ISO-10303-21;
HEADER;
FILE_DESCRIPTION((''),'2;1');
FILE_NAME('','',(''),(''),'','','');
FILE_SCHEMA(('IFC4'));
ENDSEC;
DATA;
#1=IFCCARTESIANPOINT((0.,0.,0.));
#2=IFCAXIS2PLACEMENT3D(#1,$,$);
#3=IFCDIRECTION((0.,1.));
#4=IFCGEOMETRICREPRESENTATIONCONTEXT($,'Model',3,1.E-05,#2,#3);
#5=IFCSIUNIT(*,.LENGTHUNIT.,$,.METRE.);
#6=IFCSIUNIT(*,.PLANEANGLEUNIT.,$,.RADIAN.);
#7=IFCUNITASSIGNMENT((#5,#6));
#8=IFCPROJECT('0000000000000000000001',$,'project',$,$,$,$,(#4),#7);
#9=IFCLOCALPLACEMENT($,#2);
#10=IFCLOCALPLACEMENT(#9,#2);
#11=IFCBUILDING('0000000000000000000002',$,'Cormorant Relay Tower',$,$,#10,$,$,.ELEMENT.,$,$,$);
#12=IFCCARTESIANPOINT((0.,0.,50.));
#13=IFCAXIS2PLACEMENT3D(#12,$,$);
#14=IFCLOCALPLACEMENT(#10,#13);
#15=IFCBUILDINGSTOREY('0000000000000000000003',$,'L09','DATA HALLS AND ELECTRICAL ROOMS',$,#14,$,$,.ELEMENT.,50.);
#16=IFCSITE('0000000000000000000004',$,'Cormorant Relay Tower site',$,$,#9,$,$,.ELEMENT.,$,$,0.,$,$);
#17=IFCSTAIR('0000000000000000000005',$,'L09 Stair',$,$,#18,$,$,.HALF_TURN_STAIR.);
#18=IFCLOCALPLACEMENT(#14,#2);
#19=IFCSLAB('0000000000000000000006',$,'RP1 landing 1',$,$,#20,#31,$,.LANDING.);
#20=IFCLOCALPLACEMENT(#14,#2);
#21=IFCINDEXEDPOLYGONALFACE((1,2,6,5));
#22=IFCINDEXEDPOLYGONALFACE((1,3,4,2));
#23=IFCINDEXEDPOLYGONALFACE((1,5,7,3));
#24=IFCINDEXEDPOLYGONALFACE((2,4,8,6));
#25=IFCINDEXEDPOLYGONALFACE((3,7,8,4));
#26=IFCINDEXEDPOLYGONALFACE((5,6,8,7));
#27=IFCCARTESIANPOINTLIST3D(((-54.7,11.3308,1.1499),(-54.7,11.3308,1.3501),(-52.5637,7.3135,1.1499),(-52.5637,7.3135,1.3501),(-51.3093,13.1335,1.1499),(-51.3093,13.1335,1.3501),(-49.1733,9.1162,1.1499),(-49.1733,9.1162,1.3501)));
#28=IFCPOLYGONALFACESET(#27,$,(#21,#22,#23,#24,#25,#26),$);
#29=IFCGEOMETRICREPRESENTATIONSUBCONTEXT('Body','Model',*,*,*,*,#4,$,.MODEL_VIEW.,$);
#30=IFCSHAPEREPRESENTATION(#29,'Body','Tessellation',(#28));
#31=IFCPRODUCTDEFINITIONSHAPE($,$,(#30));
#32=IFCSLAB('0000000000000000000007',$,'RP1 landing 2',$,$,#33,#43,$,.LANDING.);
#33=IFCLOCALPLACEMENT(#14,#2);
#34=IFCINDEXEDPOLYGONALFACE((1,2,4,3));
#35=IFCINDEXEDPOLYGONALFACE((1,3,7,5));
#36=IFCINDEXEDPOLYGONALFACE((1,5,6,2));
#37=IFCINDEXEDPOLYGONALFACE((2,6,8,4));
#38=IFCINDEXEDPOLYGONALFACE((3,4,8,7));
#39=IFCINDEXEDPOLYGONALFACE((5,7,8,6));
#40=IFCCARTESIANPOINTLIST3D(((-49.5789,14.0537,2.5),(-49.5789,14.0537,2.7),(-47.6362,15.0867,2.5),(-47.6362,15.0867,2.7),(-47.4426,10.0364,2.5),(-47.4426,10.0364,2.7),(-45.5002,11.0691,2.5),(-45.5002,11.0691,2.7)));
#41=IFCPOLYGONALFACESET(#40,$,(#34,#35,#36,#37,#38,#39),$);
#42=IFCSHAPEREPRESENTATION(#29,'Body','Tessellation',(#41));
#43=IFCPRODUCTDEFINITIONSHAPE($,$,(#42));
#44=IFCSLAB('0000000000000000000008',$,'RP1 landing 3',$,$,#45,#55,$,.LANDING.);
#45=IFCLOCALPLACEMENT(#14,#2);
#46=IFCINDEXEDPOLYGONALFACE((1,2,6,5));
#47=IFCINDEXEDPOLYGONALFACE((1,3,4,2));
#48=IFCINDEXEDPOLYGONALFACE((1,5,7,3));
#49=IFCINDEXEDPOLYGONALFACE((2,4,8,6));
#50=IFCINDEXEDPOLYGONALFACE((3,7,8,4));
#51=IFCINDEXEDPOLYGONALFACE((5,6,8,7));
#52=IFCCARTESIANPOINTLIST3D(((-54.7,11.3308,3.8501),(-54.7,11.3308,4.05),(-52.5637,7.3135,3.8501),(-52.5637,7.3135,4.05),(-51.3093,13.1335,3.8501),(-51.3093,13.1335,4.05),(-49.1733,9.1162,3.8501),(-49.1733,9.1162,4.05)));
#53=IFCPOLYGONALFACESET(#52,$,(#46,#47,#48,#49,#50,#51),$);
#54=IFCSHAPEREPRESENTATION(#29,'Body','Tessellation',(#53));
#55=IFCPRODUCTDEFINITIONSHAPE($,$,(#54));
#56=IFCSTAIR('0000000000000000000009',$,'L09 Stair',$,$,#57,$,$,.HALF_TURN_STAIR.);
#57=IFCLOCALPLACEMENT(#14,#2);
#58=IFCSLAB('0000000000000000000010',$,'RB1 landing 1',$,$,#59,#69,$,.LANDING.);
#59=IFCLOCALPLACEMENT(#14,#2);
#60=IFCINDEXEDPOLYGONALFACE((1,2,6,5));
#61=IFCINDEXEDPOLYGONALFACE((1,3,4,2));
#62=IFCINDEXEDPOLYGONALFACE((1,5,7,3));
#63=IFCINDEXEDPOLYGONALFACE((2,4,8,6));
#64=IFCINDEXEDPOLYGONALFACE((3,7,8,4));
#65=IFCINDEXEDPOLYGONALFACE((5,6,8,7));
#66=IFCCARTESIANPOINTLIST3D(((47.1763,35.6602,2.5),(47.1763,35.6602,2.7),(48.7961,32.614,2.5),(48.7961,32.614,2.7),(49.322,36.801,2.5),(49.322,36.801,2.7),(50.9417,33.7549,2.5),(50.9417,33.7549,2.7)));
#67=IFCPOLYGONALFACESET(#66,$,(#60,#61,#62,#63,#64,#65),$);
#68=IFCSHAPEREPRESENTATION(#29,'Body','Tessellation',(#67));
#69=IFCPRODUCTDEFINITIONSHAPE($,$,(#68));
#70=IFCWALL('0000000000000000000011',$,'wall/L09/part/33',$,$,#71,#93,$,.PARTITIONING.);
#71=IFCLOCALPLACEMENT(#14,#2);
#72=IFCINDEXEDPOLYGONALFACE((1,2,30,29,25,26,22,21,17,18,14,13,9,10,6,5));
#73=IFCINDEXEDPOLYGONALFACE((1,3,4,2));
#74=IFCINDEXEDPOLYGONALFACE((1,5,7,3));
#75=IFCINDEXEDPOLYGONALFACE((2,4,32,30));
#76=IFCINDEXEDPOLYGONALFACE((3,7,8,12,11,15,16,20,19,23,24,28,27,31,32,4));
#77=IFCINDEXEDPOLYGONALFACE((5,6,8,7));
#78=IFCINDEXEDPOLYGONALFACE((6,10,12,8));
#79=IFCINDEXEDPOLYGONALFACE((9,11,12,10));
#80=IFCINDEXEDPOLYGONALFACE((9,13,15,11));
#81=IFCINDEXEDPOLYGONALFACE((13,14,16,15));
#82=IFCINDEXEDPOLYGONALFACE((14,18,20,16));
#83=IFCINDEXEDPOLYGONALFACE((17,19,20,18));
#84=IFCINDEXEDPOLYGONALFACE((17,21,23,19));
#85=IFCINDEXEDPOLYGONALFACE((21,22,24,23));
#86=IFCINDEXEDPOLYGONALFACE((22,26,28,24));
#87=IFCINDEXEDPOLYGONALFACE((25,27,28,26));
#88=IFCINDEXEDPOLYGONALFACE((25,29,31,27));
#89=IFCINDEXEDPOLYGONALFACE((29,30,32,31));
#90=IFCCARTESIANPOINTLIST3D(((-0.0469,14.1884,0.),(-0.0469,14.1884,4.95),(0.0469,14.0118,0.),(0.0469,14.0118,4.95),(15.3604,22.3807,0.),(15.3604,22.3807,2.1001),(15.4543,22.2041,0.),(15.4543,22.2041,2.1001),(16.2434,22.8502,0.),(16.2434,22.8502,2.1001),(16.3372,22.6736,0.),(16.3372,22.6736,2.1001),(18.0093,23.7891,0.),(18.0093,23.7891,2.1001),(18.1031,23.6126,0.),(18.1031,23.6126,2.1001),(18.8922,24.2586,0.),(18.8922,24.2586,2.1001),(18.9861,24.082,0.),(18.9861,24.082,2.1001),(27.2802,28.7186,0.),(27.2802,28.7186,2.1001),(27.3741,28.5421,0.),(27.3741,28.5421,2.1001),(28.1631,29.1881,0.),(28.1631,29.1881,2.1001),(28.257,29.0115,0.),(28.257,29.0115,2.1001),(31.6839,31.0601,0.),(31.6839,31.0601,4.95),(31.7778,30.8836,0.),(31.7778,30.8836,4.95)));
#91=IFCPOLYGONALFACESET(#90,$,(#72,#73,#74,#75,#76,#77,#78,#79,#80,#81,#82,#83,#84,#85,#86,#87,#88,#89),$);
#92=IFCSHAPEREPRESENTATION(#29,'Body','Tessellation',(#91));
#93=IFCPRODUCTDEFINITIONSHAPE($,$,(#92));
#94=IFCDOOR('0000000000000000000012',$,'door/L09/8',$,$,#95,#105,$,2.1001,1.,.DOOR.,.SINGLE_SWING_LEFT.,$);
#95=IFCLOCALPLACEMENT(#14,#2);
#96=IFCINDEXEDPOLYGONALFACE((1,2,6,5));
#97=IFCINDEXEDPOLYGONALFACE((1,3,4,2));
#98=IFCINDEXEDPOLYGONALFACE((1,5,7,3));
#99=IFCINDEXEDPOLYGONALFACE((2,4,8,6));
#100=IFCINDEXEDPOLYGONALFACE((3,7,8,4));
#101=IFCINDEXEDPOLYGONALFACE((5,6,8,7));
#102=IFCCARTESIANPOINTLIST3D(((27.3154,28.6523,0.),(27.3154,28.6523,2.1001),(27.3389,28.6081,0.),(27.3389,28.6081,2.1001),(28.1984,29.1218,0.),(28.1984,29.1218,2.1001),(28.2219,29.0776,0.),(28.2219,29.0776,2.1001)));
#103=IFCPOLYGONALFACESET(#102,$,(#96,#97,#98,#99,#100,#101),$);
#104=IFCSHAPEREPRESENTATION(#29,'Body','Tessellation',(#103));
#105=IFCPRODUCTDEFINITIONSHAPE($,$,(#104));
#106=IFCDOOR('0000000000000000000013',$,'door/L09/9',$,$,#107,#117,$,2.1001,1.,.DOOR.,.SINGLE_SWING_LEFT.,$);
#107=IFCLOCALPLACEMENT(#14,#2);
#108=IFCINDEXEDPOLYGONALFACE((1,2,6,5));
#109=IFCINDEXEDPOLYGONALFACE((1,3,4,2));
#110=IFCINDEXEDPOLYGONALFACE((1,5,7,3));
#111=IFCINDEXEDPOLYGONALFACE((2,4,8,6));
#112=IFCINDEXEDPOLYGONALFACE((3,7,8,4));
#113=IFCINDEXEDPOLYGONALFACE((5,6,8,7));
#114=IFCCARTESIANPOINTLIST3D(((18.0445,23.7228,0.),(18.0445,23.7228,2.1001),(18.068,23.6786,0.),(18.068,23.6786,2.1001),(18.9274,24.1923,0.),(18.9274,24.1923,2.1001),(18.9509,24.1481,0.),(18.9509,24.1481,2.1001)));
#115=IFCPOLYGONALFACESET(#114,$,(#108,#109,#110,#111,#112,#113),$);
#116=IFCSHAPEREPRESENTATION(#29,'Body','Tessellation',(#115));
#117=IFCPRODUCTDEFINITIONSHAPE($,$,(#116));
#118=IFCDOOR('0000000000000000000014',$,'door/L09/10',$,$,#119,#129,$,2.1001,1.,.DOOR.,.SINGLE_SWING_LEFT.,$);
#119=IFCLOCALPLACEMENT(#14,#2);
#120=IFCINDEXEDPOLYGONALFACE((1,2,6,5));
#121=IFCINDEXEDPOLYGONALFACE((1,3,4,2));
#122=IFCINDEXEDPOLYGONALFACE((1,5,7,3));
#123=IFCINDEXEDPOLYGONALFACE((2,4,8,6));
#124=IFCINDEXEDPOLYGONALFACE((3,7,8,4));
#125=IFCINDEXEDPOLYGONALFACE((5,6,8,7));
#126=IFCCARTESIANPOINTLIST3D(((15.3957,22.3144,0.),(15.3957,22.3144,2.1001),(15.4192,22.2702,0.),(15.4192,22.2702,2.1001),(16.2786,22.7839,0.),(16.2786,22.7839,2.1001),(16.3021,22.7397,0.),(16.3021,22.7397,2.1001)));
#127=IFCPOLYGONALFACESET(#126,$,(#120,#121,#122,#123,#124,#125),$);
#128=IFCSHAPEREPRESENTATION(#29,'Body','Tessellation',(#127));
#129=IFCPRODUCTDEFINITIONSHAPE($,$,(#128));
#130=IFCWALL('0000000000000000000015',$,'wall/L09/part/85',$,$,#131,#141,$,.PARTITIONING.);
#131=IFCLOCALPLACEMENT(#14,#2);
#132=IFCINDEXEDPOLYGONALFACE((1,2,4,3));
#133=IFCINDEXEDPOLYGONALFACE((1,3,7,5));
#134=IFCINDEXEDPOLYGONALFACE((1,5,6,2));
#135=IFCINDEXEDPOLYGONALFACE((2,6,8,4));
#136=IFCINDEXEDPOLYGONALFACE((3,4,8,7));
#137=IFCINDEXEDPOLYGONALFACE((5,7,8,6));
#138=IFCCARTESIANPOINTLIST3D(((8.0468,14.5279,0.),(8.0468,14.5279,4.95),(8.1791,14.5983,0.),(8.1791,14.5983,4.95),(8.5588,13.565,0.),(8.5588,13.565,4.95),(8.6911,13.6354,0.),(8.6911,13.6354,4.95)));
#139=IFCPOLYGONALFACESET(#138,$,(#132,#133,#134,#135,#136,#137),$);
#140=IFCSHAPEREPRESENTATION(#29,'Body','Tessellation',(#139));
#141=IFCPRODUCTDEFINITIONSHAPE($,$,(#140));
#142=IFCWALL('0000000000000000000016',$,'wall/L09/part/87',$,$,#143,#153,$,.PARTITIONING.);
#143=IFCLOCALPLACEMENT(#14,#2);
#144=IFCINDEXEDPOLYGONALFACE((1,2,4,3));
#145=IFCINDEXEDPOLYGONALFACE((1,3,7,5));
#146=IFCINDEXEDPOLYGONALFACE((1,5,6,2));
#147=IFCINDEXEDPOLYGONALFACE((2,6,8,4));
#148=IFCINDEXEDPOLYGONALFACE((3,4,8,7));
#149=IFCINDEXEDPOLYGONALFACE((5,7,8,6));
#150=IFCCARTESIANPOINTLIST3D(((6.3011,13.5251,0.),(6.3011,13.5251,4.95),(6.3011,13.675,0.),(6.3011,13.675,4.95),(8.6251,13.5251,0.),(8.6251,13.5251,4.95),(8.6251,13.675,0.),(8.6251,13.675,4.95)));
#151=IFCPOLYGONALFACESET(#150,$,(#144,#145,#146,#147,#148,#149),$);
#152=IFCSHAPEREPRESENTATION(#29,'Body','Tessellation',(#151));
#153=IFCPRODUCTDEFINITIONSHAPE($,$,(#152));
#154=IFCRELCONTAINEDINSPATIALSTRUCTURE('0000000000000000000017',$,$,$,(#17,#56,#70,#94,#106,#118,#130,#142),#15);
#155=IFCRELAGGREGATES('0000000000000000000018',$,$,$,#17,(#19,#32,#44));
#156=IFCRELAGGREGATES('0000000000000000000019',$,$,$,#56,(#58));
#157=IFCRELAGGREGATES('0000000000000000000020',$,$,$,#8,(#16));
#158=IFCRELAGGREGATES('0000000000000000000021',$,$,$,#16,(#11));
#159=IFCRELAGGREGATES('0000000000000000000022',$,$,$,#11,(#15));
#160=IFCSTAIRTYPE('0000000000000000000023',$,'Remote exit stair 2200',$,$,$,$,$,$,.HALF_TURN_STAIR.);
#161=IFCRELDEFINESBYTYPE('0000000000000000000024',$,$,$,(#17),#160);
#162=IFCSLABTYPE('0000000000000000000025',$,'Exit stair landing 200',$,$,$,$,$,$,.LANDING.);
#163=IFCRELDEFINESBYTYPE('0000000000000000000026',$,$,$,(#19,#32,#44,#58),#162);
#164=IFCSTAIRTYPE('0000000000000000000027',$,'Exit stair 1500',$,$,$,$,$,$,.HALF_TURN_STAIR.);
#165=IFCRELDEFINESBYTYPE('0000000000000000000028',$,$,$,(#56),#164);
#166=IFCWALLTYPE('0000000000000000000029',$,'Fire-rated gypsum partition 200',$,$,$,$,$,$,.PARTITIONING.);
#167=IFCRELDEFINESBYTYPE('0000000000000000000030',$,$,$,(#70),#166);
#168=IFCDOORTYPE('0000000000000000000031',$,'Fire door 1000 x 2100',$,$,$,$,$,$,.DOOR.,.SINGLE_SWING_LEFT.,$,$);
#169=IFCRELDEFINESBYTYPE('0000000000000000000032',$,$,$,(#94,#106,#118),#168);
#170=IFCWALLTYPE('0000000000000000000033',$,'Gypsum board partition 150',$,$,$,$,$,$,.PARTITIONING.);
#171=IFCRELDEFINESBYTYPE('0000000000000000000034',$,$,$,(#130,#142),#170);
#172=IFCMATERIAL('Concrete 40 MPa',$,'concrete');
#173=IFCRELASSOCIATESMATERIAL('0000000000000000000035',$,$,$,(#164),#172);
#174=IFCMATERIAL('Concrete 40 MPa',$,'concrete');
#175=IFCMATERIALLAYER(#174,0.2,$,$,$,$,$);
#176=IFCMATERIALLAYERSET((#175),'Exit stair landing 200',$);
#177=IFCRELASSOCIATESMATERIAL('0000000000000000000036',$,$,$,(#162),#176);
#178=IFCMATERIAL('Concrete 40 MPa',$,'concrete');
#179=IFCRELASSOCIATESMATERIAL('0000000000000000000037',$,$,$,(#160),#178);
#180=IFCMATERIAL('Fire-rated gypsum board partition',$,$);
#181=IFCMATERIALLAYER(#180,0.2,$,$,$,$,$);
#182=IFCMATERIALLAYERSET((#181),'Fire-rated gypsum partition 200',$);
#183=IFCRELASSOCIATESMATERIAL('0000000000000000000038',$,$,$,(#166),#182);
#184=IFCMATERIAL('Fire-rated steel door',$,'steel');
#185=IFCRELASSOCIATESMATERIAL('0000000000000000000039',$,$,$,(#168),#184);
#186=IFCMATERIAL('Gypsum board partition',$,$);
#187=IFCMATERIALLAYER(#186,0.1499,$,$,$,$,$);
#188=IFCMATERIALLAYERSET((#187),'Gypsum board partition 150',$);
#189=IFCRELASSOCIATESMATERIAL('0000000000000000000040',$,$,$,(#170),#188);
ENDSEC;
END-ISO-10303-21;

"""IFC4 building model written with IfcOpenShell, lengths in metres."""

from ifc_helpers import new_model, si_unit, direction, frame, frame_2d, origin, place, context, subcontext, project, spatial, polyline, rectangle, outline, extrude, material, layer, layer_set, type_object, element, fill, aggregate, save


model = new_model("IFC4")

# Units and contexts
model_context = context("Model", 3, precision=1e-05, world=origin(), true_north=direction((0.0, 1.0)))
body_context = subcontext(model_context, "Body", "Model", "MODEL_VIEW")
ifc_project = project(units=[si_unit("LENGTHUNIT", "METRE"), si_unit("PLANEANGLEUNIT", "RADIAN")], contexts=[model_context])

# Site, building, storey
site_placement = place(None, origin())
site = spatial("IfcSite", under=ifc_project, at=site_placement, Name="Cormorant Relay Tower site", CompositionType="ELEMENT", RefElevation=0.0)
building_placement = place(site_placement, origin())
building = spatial("IfcBuilding", under=site, at=building_placement, Name="Cormorant Relay Tower", CompositionType="ELEMENT")
storey_placement = place(building_placement, frame((0.0, 0.0, 50.0)))
storey = spatial("IfcBuildingStorey", under=building, at=storey_placement, Name="L09", Description="DATA HALLS AND ELECTRICAL ROOMS", CompositionType="ELEMENT", Elevation=50.0)

# Shared definitions
ifc_material_1 = material(Name="Concrete 40 MPa", Category="concrete")
stair_type_1 = type_object("IfcStairType", Name="Exit stair 1500", PredefinedType="HALF_TURN_STAIR", material=ifc_material_1)
ifc_material_2 = material(Name="Concrete 40 MPa", Category="concrete")
ifc_layer_1 = layer(ifc_material_2, 0.2)
ifc_layer_set_1 = layer_set([ifc_layer_1], Name="Exit stair landing 200")
slab_type = type_object("IfcSlabType", Name="Exit stair landing 200", PredefinedType="LANDING", material=ifc_layer_set_1)

# Stair, slabs
ifc_material_3 = material(Name="Concrete 40 MPa", Category="concrete")
stair_type_2 = type_object("IfcStairType", Name="Remote exit stair 2200", PredefinedType="HALF_TURN_STAIR", material=ifc_material_3)
stair_1_placement = place(storey_placement, origin())
stair_1 = element("IfcStair", 1, at=stair_1_placement, inside=storey, type_object=stair_type_2, Name="L09 Stair", PredefinedType="HALF_TURN_STAIR")
slab_1_placement = place(storey_placement, frame((0.0, 0.0, 1.1499)))
slab_1 = element("IfcSlab", 2, at=slab_1_placement, type_object=slab_type, Name="RP1 landing 1", PredefinedType="LANDING", context=body_context, shape_type="SweptSolid", body=[
    extrude(outline(polyline([(-51.3093, 13.1335), (-54.7, 11.3308), (-52.5637, 7.3135), (-49.1733, 9.1162), (-51.3093, 13.1335)])), origin(), (0.0, 0.0, 1.0), 0.2002),
])
slab_2_placement = place(storey_placement, frame((0.0, 0.0, 2.5)))
slab_2 = element("IfcSlab", 3, at=slab_2_placement, type_object=slab_type, Name="RP1 landing 2", PredefinedType="LANDING", context=body_context, shape_type="SweptSolid", body=[
    extrude(outline(polyline([(-47.6362, 15.0867), (-49.5789, 14.0537), (-47.4426, 10.0364), (-45.5002, 11.0691), (-47.6362, 15.0867)])), origin(), (0.0, 0.0, 1.0), 0.2),
])
slab_3_placement = place(storey_placement, frame((0.0, 0.0, 3.8501)))
slab_3 = element("IfcSlab", 4, at=slab_3_placement, type_object=slab_type, Name="RP1 landing 3", PredefinedType="LANDING", context=body_context, shape_type="SweptSolid", body=[
    extrude(outline(polyline([(-51.3093, 13.1335), (-54.7, 11.3308), (-52.5637, 7.3135), (-49.1733, 9.1162), (-51.3093, 13.1335)])), origin(), (0.0, 0.0, 1.0), 0.2),
])
aggregate(stair_1, [slab_1, slab_2, slab_3])

# Stair, slab
stair_2_placement = place(storey_placement, origin())
stair_2 = element("IfcStair", 5, at=stair_2_placement, inside=storey, type_object=stair_type_1, Name="L09 Stair", PredefinedType="HALF_TURN_STAIR")
slab_4_placement = place(storey_placement, frame((0.0, 0.0, 2.5)))
slab_4 = element("IfcSlab", 6, at=slab_4_placement, type_object=slab_type, Name="RB1 landing 1", PredefinedType="LANDING", context=body_context, shape_type="SweptSolid", body=[
    extrude(outline(polyline([(48.7961, 32.614), (50.9417, 33.7549), (49.322, 36.801), (47.1763, 35.6602), (48.7961, 32.614)])), origin(), (0.0, 0.0, 1.0), 0.2),
])
aggregate(stair_2, [slab_4])

# Wall, openings, doors
ifc_material_4 = material(Name="Fire-rated gypsum board partition")
ifc_layer_2 = layer(ifc_material_4, 0.2)
ifc_layer_set_2 = layer_set([ifc_layer_2], Name="Fire-rated gypsum partition 200")
wall_type_1 = type_object("IfcWallType", Name="Fire-rated gypsum partition 200", PredefinedType="PARTITIONING", material=ifc_layer_set_2)
wall_1_placement = place(storey_placement, frame((0.0, 14.1001, 0.0), z_axis=(0.0, 0.0, 1.0), x_axis=(0.882946, 0.469475, 0.0)))
wall_1 = element("IfcWall", 7, at=wall_1_placement, inside=storey, type_object=wall_type_1, Name="wall/L09/part/33", PredefinedType="PARTITIONING", context=body_context, shape_type="SweptSolid", body=[
    extrude(rectangle(XDim=35.9375, YDim=0.2, at=frame_2d((17.9688, 0.0))), origin(), (0.0, 0.0, 1.0), 4.95),
])
opening_1_placement = place(wall_1_placement, frame((30.95, 0.0, 0.0)))
opening_1 = element("IfcOpeningElement", 8, at=opening_1_placement, cuts=wall_1, PredefinedType="OPENING", context=body_context, shape_type="SweptSolid", body=[
    extrude(rectangle(XDim=1.0, YDim=2.1001, at=frame_2d((0.5, 1.05))), frame((0.0, 0.1099, 0.0), z_axis=(0.0, -1.0, 0.0), x_axis=(1.0, 0.0, 0.0)), (0.0, 0.0, 1.0), 0.22),
])
opening_2_placement = place(wall_1_placement, frame((20.45, 0.0, 0.0)))
opening_2 = element("IfcOpeningElement", 9, at=opening_2_placement, cuts=wall_1, PredefinedType="OPENING", context=body_context, shape_type="SweptSolid", body=[
    extrude(rectangle(XDim=1.0, YDim=2.1001, at=frame_2d((0.5, 1.05))), frame((0.0, 0.1099, 0.0), z_axis=(0.0, -1.0, 0.0), x_axis=(1.0, 0.0, 0.0)), (0.0, 0.0, 1.0), 0.22),
])
opening_3_placement = place(wall_1_placement, frame((17.45, 0.0, 0.0)))
opening_3 = element("IfcOpeningElement", 10, at=opening_3_placement, cuts=wall_1, PredefinedType="OPENING", context=body_context, shape_type="SweptSolid", body=[
    extrude(rectangle(XDim=1.0, YDim=2.1001, at=frame_2d((0.5, 1.05))), frame((0.0, 0.1099, 0.0), z_axis=(0.0, -1.0, 0.0), x_axis=(1.0, 0.0, 0.0)), (0.0, 0.0, 1.0), 0.22),
])
ifc_material_5 = material(Name="Fire-rated steel door", Category="steel")
door_type = type_object("IfcDoorType", Name="Fire door 1000 x 2100", OperationType="SINGLE_SWING_LEFT", PredefinedType="DOOR", material=ifc_material_5)
door_1_placement = place(opening_1_placement, origin())
door_1 = element("IfcDoor", 11, at=door_1_placement, inside=storey, type_object=door_type, Name="door/L09/8", OperationType="SINGLE_SWING_LEFT", OverallHeight=2.1001, OverallWidth=1.0, PredefinedType="DOOR", context=body_context, shape_type="SweptSolid", body=[
    extrude(rectangle(XDim=1.0, YDim=2.1001, at=frame_2d((0.5, 1.05))), frame((0.0, 0.0249, 0.0), z_axis=(0.0, -1.0, 0.0), x_axis=(1.0, 0.0, 0.0)), (0.0, 0.0, 1.0), 0.05),
])
fill(opening_1, door_1)
door_2_placement = place(opening_2_placement, origin())
door_2 = element("IfcDoor", 12, at=door_2_placement, inside=storey, type_object=door_type, Name="door/L09/9", OperationType="SINGLE_SWING_LEFT", OverallHeight=2.1001, OverallWidth=1.0, PredefinedType="DOOR", context=body_context, shape_type="SweptSolid", body=[
    extrude(rectangle(XDim=1.0, YDim=2.1001, at=frame_2d((0.5, 1.05))), frame((0.0, 0.0249, 0.0), z_axis=(0.0, -1.0, 0.0), x_axis=(1.0, 0.0, 0.0)), (0.0, 0.0, 1.0), 0.05),
])
fill(opening_2, door_2)
door_3_placement = place(opening_3_placement, origin())
door_3 = element("IfcDoor", 13, at=door_3_placement, inside=storey, type_object=door_type, Name="door/L09/10", OperationType="SINGLE_SWING_LEFT", OverallHeight=2.1001, OverallWidth=1.0, PredefinedType="DOOR", context=body_context, shape_type="SweptSolid", body=[
    extrude(rectangle(XDim=1.0, YDim=2.1001, at=frame_2d((0.5, 1.05))), frame((0.0, 0.0249, 0.0), z_axis=(0.0, -1.0, 0.0), x_axis=(1.0, 0.0, 0.0)), (0.0, 0.0, 1.0), 0.05),
])
fill(opening_3, door_3)

# Walls
ifc_material_6 = material(Name="Gypsum board partition")
ifc_layer_3 = layer(ifc_material_6, 0.1499)
ifc_layer_set_3 = layer_set([ifc_layer_3], Name="Gypsum board partition 150")
wall_type_2 = type_object("IfcWallType", Name="Gypsum board partition 150", PredefinedType="PARTITIONING", material=ifc_layer_set_3)
wall_2_placement = place(storey_placement, frame((8.625, 13.6001, 0.0), z_axis=(0.0, 0.0, 1.0), x_axis=(-0.469461, 0.882953, 0.0)))
element("IfcWall", 14, at=wall_2_placement, inside=storey, type_object=wall_type_2, Name="wall/L09/part/85", PredefinedType="PARTITIONING", context=body_context, shape_type="SweptSolid", body=[
    extrude(rectangle(XDim=1.0906, YDim=0.1499, at=frame_2d((0.5454, 0.0))), origin(), (0.0, 0.0, 1.0), 4.95),
])
wall_3_placement = place(storey_placement, frame((6.301, 13.6001, 0.0), z_axis=(0.0, 0.0, 1.0), x_axis=(1.0, 0.0, 0.0)))
element("IfcWall", 15, at=wall_3_placement, inside=storey, type_object=wall_type_2, Name="wall/L09/part/87", PredefinedType="PARTITIONING", context=body_context, shape_type="SweptSolid", body=[
    extrude(rectangle(XDim=2.324, YDim=0.1499, at=frame_2d((1.1621, 0.0))), origin(), (0.0, 0.0, 1.0), 4.95),
])

save(model, "model.ifc")
